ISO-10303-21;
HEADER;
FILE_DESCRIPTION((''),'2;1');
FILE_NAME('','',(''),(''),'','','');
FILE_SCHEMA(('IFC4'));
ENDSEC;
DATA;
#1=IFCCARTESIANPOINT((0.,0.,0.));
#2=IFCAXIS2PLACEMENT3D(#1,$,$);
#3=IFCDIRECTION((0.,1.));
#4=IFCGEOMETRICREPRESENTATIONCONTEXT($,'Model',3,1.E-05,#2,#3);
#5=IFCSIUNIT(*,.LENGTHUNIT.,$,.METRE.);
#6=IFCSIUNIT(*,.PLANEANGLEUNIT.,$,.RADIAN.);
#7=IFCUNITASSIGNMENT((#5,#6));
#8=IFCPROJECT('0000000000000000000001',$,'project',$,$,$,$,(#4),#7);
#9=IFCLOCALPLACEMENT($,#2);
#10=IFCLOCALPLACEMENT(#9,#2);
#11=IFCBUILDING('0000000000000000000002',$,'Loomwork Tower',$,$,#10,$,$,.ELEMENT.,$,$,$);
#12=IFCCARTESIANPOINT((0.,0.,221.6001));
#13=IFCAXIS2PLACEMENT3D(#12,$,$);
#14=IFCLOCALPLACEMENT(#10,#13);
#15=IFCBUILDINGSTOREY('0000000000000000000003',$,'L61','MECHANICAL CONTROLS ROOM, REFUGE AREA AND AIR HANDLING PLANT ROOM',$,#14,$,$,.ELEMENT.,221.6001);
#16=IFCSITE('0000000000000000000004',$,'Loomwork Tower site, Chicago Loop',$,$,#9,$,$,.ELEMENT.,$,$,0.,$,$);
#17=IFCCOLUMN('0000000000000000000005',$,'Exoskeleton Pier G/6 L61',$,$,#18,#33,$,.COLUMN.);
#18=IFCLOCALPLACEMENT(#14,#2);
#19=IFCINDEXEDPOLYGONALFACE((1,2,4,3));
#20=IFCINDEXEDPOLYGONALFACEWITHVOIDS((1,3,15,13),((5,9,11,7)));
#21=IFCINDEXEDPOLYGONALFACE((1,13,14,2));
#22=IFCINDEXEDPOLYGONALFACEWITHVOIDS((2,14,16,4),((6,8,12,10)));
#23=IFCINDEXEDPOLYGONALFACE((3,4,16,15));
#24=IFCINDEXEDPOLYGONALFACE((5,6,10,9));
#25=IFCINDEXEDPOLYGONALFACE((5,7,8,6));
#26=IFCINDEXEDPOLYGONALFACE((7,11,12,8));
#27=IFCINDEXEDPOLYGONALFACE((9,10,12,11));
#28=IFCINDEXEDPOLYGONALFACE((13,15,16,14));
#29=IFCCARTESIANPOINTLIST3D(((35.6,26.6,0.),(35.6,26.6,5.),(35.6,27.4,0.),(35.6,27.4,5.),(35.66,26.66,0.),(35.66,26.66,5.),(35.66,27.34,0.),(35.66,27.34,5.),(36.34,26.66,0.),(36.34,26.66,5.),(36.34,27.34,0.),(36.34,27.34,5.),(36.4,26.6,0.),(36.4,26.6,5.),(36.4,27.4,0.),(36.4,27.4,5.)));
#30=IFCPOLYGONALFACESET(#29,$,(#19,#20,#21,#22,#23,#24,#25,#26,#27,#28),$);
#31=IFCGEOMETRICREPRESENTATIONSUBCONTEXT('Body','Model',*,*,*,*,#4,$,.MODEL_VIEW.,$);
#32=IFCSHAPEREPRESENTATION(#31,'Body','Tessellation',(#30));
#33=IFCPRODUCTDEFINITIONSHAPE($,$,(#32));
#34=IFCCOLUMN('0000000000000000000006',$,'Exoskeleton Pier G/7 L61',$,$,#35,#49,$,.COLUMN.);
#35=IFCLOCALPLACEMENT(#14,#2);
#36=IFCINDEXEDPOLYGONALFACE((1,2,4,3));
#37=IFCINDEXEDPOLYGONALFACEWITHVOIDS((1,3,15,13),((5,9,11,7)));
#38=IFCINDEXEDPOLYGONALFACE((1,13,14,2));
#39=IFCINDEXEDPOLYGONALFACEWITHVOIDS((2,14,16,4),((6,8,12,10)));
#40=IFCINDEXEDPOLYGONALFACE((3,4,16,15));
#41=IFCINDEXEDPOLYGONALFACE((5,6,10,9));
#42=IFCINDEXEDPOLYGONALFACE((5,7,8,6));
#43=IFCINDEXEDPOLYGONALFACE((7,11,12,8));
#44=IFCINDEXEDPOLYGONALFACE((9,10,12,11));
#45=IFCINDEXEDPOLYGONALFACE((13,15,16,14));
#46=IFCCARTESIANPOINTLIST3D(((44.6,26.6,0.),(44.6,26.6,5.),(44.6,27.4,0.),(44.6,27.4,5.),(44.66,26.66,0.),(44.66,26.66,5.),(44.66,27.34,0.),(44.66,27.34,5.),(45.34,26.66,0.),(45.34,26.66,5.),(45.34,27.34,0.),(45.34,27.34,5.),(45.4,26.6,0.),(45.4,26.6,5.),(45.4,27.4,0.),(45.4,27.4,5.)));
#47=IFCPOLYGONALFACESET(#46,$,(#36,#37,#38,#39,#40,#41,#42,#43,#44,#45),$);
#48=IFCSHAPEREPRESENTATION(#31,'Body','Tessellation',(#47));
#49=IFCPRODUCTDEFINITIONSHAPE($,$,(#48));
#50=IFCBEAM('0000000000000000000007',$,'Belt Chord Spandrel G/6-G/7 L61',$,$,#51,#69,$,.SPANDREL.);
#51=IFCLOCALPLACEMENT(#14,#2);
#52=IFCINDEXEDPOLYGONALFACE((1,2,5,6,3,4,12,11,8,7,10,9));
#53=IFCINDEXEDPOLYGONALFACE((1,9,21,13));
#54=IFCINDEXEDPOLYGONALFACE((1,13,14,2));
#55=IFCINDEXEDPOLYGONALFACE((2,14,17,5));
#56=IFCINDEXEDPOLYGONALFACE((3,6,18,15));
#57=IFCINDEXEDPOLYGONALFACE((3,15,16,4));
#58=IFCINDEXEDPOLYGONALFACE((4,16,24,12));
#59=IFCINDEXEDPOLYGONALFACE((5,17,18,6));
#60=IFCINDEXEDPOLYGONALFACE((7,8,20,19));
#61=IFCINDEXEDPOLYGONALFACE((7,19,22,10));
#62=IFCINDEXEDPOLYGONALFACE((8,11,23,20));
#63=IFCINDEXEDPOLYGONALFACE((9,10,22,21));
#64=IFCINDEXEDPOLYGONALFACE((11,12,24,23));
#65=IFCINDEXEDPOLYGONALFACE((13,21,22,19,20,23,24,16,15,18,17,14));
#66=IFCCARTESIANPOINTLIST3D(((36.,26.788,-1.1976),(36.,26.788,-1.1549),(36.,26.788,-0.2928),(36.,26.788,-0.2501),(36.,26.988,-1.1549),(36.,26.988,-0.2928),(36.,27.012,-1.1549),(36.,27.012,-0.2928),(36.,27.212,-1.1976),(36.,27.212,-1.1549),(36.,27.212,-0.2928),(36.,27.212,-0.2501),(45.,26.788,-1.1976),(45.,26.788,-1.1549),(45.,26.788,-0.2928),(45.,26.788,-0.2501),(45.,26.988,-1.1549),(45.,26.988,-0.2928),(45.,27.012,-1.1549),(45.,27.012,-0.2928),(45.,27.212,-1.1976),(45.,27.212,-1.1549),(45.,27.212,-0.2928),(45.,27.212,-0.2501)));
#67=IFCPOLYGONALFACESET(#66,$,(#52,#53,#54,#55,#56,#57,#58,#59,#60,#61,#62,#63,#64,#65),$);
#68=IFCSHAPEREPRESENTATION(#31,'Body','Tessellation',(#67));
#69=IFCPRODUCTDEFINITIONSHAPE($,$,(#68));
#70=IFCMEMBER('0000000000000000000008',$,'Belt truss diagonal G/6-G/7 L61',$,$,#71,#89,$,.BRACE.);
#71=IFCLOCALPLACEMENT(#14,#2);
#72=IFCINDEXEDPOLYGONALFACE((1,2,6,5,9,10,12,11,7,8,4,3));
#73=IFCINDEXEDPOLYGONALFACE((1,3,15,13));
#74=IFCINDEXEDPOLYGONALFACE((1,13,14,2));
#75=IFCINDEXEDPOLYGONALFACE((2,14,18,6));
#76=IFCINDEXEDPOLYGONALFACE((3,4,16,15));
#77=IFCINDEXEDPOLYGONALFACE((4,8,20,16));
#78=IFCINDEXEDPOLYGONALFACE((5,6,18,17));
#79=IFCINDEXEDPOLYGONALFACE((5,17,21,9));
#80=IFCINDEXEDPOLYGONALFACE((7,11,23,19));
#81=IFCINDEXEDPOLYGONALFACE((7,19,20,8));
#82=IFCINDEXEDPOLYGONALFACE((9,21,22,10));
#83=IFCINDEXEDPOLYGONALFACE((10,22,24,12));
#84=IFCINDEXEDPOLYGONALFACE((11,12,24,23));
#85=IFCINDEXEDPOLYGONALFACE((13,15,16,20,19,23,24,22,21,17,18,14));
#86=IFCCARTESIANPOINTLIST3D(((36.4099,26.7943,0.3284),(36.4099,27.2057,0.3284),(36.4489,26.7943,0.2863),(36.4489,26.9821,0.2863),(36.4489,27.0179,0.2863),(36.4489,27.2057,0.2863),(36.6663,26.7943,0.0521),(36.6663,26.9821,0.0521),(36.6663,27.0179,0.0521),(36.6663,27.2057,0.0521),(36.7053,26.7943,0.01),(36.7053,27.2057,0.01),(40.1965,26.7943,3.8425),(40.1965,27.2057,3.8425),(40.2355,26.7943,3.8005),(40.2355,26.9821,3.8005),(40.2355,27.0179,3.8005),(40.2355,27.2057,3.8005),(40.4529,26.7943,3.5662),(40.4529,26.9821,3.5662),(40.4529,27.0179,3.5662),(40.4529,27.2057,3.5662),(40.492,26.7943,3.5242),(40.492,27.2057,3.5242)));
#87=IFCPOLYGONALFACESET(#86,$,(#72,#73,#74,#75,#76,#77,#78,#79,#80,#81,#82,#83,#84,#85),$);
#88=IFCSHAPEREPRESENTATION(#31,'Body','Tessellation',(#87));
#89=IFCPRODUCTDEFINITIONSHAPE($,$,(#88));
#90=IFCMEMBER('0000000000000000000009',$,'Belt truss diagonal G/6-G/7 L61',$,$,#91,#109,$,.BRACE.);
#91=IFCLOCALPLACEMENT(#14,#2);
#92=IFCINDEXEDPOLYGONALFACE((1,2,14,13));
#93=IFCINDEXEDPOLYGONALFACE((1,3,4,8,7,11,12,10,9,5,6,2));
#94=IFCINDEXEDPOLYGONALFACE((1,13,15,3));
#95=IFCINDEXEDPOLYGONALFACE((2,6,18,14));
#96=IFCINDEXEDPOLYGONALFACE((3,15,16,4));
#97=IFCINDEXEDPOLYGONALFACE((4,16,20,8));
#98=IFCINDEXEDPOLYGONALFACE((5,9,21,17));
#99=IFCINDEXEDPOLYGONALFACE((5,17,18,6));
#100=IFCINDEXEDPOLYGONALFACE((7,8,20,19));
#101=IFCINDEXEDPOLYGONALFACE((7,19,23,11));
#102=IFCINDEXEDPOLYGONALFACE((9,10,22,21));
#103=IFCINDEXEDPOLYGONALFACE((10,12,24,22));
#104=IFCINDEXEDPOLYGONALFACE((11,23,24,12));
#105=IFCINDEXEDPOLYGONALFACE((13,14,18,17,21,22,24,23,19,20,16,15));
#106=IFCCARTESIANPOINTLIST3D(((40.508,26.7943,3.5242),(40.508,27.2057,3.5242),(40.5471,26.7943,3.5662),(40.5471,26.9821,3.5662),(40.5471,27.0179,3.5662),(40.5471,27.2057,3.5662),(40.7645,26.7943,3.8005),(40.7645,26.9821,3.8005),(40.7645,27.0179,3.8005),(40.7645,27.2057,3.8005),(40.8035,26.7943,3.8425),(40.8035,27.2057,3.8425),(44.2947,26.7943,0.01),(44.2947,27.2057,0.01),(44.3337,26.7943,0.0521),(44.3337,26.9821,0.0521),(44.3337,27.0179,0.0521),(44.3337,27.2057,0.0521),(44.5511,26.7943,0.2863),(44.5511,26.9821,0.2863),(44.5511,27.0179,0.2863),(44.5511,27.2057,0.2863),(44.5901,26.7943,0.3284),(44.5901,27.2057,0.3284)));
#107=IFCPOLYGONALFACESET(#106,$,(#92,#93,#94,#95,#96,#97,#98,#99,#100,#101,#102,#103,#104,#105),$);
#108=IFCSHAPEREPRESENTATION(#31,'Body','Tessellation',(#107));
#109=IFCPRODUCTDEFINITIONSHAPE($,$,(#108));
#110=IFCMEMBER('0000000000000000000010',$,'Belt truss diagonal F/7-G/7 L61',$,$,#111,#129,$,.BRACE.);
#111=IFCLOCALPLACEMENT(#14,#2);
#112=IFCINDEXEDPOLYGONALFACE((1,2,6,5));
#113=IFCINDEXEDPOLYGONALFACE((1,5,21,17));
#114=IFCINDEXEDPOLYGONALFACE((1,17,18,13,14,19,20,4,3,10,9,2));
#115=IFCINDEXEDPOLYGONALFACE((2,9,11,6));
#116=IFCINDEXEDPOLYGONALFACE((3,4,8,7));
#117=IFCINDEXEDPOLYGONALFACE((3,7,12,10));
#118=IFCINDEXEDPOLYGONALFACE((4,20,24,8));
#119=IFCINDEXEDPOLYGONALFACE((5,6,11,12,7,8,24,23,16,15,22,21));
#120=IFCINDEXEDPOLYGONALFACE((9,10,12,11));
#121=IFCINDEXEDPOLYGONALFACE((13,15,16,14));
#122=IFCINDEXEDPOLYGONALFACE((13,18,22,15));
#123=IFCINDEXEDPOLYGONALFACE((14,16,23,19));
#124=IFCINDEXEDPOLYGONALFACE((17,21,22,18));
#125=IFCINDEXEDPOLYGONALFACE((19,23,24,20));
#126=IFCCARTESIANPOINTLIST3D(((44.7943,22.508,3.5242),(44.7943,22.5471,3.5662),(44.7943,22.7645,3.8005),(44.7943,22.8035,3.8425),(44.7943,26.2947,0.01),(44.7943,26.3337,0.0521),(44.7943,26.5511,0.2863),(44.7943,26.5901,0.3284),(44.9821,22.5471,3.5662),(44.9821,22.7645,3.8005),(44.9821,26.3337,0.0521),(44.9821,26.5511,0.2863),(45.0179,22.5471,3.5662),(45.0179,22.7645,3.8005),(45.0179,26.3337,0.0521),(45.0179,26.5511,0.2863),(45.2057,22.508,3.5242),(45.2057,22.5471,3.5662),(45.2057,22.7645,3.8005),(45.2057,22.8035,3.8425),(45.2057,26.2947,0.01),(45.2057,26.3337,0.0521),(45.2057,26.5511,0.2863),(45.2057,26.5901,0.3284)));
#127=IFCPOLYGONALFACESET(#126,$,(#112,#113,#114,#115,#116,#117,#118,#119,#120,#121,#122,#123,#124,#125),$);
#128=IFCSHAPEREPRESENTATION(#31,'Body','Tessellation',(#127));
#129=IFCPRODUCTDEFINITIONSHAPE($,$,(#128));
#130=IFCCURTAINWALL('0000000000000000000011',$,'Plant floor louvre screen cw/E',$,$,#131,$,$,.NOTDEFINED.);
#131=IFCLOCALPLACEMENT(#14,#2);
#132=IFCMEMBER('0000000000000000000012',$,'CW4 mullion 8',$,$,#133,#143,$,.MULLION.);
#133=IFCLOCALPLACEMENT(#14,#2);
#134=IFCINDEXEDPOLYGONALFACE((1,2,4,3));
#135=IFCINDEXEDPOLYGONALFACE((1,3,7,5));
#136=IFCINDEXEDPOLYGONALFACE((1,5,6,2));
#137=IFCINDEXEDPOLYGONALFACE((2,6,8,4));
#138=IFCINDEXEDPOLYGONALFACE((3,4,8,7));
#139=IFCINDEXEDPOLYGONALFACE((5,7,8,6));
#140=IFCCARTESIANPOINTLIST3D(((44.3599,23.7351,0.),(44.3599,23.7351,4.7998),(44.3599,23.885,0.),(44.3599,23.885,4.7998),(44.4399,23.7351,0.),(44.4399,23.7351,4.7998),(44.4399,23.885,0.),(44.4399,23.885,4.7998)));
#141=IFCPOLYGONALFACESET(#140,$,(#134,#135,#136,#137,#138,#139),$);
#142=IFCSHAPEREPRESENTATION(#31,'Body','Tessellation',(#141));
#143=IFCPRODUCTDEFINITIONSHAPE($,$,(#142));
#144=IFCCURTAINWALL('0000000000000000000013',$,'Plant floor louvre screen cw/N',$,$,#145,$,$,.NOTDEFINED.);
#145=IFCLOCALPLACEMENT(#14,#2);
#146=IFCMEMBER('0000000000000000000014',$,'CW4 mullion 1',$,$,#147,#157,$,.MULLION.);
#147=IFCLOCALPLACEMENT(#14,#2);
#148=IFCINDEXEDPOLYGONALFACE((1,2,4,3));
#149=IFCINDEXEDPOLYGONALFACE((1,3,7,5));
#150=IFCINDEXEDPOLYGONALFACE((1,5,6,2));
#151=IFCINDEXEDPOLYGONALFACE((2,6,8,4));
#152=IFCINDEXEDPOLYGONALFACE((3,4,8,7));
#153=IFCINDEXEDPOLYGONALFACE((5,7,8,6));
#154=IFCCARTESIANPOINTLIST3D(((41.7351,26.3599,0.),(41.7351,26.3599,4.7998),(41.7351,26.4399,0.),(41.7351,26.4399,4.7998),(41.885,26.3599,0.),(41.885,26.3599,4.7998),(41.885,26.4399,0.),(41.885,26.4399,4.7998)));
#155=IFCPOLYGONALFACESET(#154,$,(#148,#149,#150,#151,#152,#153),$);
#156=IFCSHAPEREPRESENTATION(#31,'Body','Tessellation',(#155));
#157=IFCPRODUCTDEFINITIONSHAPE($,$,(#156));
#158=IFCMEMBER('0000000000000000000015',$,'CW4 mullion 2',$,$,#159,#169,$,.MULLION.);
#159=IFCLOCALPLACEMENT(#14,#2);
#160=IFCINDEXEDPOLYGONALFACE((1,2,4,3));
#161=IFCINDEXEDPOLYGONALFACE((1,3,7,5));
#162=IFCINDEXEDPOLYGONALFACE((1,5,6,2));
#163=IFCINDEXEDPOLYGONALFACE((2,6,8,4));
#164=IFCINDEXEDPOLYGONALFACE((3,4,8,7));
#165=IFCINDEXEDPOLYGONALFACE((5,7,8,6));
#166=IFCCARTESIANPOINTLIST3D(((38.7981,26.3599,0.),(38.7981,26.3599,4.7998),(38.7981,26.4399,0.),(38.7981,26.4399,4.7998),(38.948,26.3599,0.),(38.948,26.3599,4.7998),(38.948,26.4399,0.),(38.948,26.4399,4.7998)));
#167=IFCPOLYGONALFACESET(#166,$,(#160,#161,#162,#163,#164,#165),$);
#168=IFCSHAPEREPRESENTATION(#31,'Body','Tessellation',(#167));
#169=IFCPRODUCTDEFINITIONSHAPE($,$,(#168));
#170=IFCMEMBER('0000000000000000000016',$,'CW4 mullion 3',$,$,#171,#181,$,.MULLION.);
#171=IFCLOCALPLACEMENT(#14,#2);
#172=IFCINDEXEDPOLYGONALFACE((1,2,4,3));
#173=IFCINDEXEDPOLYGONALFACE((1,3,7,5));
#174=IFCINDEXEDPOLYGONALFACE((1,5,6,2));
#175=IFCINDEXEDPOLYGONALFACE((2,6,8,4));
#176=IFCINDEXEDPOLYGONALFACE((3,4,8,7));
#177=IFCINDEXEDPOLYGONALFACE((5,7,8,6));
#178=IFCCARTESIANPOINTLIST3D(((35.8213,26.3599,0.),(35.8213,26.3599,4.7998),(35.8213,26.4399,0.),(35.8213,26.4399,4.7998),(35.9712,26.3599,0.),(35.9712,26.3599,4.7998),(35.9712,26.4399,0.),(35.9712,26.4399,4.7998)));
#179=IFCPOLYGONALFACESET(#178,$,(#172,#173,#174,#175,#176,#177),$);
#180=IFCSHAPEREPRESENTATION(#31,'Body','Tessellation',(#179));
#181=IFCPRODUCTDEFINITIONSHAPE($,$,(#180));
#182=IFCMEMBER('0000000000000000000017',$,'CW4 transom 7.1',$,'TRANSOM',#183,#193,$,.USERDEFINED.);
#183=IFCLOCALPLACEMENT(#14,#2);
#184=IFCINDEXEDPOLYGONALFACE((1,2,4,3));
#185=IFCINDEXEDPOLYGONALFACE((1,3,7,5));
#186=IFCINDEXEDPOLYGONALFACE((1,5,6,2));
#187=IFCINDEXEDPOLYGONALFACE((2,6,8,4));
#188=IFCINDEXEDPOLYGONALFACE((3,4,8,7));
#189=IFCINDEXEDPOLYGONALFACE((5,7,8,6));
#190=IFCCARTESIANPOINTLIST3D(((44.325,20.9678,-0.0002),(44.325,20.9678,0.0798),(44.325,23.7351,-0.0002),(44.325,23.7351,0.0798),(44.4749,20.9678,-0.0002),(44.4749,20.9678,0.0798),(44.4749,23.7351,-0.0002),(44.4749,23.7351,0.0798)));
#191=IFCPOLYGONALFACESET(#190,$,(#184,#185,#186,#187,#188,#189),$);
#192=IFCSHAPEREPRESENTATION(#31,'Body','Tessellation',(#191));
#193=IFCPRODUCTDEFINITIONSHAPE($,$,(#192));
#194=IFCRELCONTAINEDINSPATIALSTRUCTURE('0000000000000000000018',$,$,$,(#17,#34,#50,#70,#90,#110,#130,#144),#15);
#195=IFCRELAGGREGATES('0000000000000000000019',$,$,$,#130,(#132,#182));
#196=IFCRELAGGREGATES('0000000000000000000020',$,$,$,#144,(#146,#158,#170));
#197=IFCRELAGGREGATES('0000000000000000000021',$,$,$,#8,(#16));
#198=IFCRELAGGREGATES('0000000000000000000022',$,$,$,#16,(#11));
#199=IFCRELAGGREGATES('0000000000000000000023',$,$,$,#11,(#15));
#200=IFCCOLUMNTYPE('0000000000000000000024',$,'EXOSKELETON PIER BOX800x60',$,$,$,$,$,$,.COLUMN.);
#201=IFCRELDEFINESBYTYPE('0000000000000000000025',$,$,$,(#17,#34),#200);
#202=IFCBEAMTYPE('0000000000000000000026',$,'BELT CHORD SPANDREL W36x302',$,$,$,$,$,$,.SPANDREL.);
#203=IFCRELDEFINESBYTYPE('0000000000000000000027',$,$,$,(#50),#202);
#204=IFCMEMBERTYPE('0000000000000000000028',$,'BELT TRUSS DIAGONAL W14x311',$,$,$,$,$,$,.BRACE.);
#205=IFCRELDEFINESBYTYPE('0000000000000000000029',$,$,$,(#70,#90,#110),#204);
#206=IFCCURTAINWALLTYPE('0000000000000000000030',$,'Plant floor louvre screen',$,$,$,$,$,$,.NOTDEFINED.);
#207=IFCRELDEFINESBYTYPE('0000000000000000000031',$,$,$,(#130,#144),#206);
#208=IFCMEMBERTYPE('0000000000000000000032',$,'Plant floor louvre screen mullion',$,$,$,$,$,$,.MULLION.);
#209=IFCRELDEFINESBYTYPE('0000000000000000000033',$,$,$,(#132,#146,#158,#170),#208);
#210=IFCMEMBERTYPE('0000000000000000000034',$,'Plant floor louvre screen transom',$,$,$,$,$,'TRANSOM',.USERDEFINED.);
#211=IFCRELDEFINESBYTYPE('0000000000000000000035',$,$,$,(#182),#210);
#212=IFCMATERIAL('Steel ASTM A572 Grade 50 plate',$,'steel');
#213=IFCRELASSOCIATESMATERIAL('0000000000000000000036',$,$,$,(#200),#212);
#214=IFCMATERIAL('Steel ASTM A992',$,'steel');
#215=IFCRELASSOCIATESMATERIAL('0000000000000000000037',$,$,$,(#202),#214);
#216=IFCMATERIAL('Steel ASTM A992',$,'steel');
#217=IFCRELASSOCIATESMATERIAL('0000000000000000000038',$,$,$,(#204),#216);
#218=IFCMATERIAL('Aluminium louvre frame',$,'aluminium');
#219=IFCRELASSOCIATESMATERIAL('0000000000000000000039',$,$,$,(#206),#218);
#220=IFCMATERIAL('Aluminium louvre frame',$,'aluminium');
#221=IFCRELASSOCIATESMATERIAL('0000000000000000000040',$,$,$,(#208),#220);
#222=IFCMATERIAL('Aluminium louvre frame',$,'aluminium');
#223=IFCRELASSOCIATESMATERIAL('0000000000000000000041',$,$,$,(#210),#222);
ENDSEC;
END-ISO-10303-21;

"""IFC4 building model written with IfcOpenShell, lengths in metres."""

from ifc_helpers import new_model, si_unit, direction, frame, origin, origin_2d, place, context, subcontext, project, spatial, rectangle, hollow_rectangle, i_section, extrude, material, material_profile, profile_set, type_object, element, aggregate, save


model = new_model("IFC4")

# Units and contexts
model_context = context("Model", 3, precision=1e-05, world=origin(), true_north=direction((0.0, 1.0)))
body_context = subcontext(model_context, "Body", "Model", "MODEL_VIEW")
ifc_project = project(units=[si_unit("LENGTHUNIT", "METRE"), si_unit("PLANEANGLEUNIT", "RADIAN")], contexts=[model_context])

# Site, building, storey
site_placement = place(None, origin())
site = spatial("IfcSite", under=ifc_project, at=site_placement, Name="Loomwork Tower site, Chicago Loop", CompositionType="ELEMENT", RefElevation=0.0)
building_placement = place(site_placement, origin())
building = spatial("IfcBuilding", under=site, at=building_placement, Name="Loomwork Tower", CompositionType="ELEMENT")
storey_placement = place(building_placement, frame((0.0, 0.0, 221.6001)))
storey = spatial("IfcBuildingStorey", under=building, at=storey_placement, Name="L61", Description="MECHANICAL CONTROLS ROOM, REFUGE AREA AND AIR HANDLING PLANT ROOM", CompositionType="ELEMENT", Elevation=221.6001)

# Columns
ifc_material_1 = material(Name="Steel ASTM A572 Grade 50 plate", Category="steel")
ifc_material_profile_1 = material_profile(ifc_material_1, hollow_rectangle(XDim=0.8, YDim=0.8, WallThickness=0.0601, at=origin_2d()), Name="BOX800x60")
ifc_profile_set_1 = profile_set([ifc_material_profile_1], Name="Steel ASTM A572 Grade 50 plate")
column_type = type_object("IfcColumnType", Name="EXOSKELETON PIER BOX800x60", PredefinedType="COLUMN", material=ifc_profile_set_1)
for number, where, z_axis, x_axis, name in (
    (1, (36.0, 27.0, 0.0), (0.0, 0.0, 1.0), (1.0, 0.0, 0.0), "Exoskeleton Pier G/6 L61"),
    (2, (45.0, 27.0, 0.0), (0.0, 0.0, 1.0), (0.0, 1.0, 0.0), "Exoskeleton Pier G/7 L61"),
):
    element("IfcColumn", number, at=place(storey_placement, frame(where, z_axis=z_axis, x_axis=x_axis)), inside=storey, type_object=column_type, Name=name, PredefinedType="COLUMN", context=body_context, shape_type="SweptSolid", body=[
        extrude(hollow_rectangle(XDim=0.8, YDim=0.8, WallThickness=0.0601, at=origin_2d()), origin(), (0.0, 0.0, 1.0), 5.0),
    ])

# Beam
ifc_material_2 = material(Name="Steel ASTM A992", Category="steel")
ifc_material_profile_2 = material_profile(ifc_material_2, i_section(OverallWidth=0.4241, OverallDepth=0.9475, WebThickness=0.0239, FlangeThickness=0.0427, at=origin_2d()), Name="W36x302")
ifc_profile_set_2 = profile_set([ifc_material_profile_2], Name="Steel ASTM A992")
beam_type = type_object("IfcBeamType", Name="BELT CHORD SPANDREL W36x302", PredefinedType="SPANDREL", material=ifc_profile_set_2)
beam_placement = place(storey_placement, frame((36.0, 27.0, -0.7239), z_axis=(1.0, 0.0, 0.0), x_axis=(0.0, 1.0, 0.0)))
element("IfcBeam", 3, at=beam_placement, inside=storey, type_object=beam_type, Name="Belt Chord Spandrel G/6-G/7 L61", PredefinedType="SPANDREL", context=body_context, shape_type="SweptSolid", body=[
    extrude(i_section(OverallWidth=0.4241, OverallDepth=0.9475, WebThickness=0.0239, FlangeThickness=0.0427, at=origin_2d()), origin(), (0.0, 0.0, 1.0), 9.0),
])

# Members
ifc_material_3 = material(Name="Steel ASTM A992", Category="steel")
ifc_material_profile_3 = material_profile(ifc_material_3, i_section(OverallWidth=0.4114, OverallDepth=0.4343, WebThickness=0.0359, FlangeThickness=0.0574, at=origin_2d()), Name="W14x311")
ifc_profile_set_3 = profile_set([ifc_material_profile_3], Name="Steel ASTM A992")
member_type_1 = type_object("IfcMemberType", Name="BELT TRUSS DIAGONAL W14x311", PredefinedType="BRACE", material=ifc_profile_set_3)
for number, where, z_axis, x_axis, name in (
    (4, (36.5576, 27.0, 0.1692), (0.732985, 0.0, 0.680244), (0.0, 1.0, 0.0), "Belt truss diagonal G/6-G/7 L61"),
    (5, (44.4424, 27.0, 0.1692), (-0.732985, 0.0, 0.680244), (0.0, -1.0, 0.0), "Belt truss diagonal G/6-G/7 L61"),
    (6, (45.0, 26.4424, 0.1692), (0.0, -0.732985, 0.680244), (1.0, 0.0, 0.0), "Belt truss diagonal F/7-G/7 L61"),
):
    element("IfcMember", number, at=place(storey_placement, frame(where, z_axis=z_axis, x_axis=x_axis)), inside=storey, type_object=member_type_1, Name=name, PredefinedType="BRACE", context=body_context, shape_type="SweptSolid", body=[
        extrude(i_section(OverallWidth=0.4114, OverallDepth=0.4343, WebThickness=0.0359, FlangeThickness=0.0574, at=origin_2d()), origin(), (0.0, 0.0, 1.0), 5.166),
    ])

# Curtain wall, member
ifc_material_4 = material(Name="Aluminium louvre frame", Category="aluminium")
curtain_wall_type = type_object("IfcCurtainWallType", Name="Plant floor louvre screen", PredefinedType="NOTDEFINED", material=ifc_material_4)
curtain_wall_1_placement = place(storey_placement, origin())
curtain_wall_1 = element("IfcCurtainWall", 7, at=curtain_wall_1_placement, inside=storey, type_object=curtain_wall_type, Name="Plant floor louvre screen cw/E", PredefinedType="NOTDEFINED")
ifc_material_5 = material(Name="Aluminium louvre frame", Category="aluminium")
ifc_material_profile_4 = material_profile(ifc_material_5, rectangle(XDim=0.0801, YDim=0.1499, at=origin_2d()), Name="AL 80x150")
ifc_profile_set_4 = profile_set([ifc_material_profile_4], Name="Aluminium louvre frame")
member_type_2 = type_object("IfcMemberType", Name="Plant floor louvre screen mullion", PredefinedType="MULLION", material=ifc_profile_set_4)
member_1_placement = place(storey_placement, frame((44.3999, 23.8101, 0.0), z_axis=(0.0, 0.0, 1.0), x_axis=(-1.0, 0.0, 0.0)))
member_1 = element("IfcMember", 8, at=member_1_placement, type_object=member_type_2, Name="CW4 mullion 8", PredefinedType="MULLION", context=body_context, shape_type="SweptSolid", body=[
    extrude(rectangle(XDim=0.0801, YDim=0.1499, at=origin_2d()), origin(), (0.0, 0.0, 1.0), 4.7998),
])

# Curtain wall, members
curtain_wall_2_placement = place(storey_placement, origin())
curtain_wall_2 = element("IfcCurtainWall", 9, at=curtain_wall_2_placement, inside=storey, type_object=curtain_wall_type, Name="Plant floor louvre screen cw/N", PredefinedType="NOTDEFINED")
member_2_placement = place(storey_placement, frame((41.8101, 26.3999, 0.0), z_axis=(0.0, 0.0, 1.0), x_axis=(0.0, -1.0, 0.0)))
member_2 = element("IfcMember", 10, at=member_2_placement, type_object=member_type_2, Name="CW4 mullion 1", PredefinedType="MULLION", context=body_context, shape_type="SweptSolid", body=[
    extrude(rectangle(XDim=0.0801, YDim=0.1499, at=origin_2d()), origin(), (0.0, 0.0, 1.0), 4.7998),
])
member_3_placement = place(storey_placement, frame((38.873, 26.3999, 0.0), z_axis=(0.0, 0.0, 1.0), x_axis=(0.0, -1.0, 0.0)))
member_3 = element("IfcMember", 11, at=member_3_placement, type_object=member_type_2, Name="CW4 mullion 2", PredefinedType="MULLION", context=body_context, shape_type="SweptSolid", body=[
    extrude(rectangle(XDim=0.0801, YDim=0.1499, at=origin_2d()), origin(), (0.0, 0.0, 1.0), 4.7998),
])
member_4_placement = place(storey_placement, frame((35.8962, 26.3999, 0.0), z_axis=(0.0, 0.0, 1.0), x_axis=(0.0, -1.0, 0.0)))
member_4 = element("IfcMember", 12, at=member_4_placement, type_object=member_type_2, Name="CW4 mullion 3", PredefinedType="MULLION", context=body_context, shape_type="SweptSolid", body=[
    extrude(rectangle(XDim=0.0801, YDim=0.1499, at=origin_2d()), origin(), (0.0, 0.0, 1.0), 4.7998),
])

# Member
ifc_material_6 = material(Name="Aluminium louvre frame", Category="aluminium")
ifc_material_profile_5 = material_profile(ifc_material_6, rectangle(XDim=0.1499, YDim=0.0801, at=origin_2d()), Name="AL 80x150")
ifc_profile_set_5 = profile_set([ifc_material_profile_5], Name="Aluminium louvre frame")
member_type_3 = type_object("IfcMemberType", Name="Plant floor louvre screen transom", ElementType="TRANSOM", PredefinedType="USERDEFINED", material=ifc_profile_set_5)
member_5_placement = place(storey_placement, frame((44.3999, 20.9678, 0.0398), z_axis=(0.0, 1.0, 0.0), x_axis=(-1.0, 0.0, 0.0)))
member_5 = element("IfcMember", 13, at=member_5_placement, type_object=member_type_3, Name="CW4 transom 7.1", ObjectType="TRANSOM", PredefinedType="USERDEFINED", context=body_context, shape_type="SweptSolid", body=[
    extrude(rectangle(XDim=0.1499, YDim=0.0801, at=origin_2d()), origin(), (0.0, 0.0, 1.0), 2.7673),
])

aggregate(curtain_wall_1, [member_1, member_5])
aggregate(curtain_wall_2, [member_2, member_3, member_4])

save(model, "model.ifc")
